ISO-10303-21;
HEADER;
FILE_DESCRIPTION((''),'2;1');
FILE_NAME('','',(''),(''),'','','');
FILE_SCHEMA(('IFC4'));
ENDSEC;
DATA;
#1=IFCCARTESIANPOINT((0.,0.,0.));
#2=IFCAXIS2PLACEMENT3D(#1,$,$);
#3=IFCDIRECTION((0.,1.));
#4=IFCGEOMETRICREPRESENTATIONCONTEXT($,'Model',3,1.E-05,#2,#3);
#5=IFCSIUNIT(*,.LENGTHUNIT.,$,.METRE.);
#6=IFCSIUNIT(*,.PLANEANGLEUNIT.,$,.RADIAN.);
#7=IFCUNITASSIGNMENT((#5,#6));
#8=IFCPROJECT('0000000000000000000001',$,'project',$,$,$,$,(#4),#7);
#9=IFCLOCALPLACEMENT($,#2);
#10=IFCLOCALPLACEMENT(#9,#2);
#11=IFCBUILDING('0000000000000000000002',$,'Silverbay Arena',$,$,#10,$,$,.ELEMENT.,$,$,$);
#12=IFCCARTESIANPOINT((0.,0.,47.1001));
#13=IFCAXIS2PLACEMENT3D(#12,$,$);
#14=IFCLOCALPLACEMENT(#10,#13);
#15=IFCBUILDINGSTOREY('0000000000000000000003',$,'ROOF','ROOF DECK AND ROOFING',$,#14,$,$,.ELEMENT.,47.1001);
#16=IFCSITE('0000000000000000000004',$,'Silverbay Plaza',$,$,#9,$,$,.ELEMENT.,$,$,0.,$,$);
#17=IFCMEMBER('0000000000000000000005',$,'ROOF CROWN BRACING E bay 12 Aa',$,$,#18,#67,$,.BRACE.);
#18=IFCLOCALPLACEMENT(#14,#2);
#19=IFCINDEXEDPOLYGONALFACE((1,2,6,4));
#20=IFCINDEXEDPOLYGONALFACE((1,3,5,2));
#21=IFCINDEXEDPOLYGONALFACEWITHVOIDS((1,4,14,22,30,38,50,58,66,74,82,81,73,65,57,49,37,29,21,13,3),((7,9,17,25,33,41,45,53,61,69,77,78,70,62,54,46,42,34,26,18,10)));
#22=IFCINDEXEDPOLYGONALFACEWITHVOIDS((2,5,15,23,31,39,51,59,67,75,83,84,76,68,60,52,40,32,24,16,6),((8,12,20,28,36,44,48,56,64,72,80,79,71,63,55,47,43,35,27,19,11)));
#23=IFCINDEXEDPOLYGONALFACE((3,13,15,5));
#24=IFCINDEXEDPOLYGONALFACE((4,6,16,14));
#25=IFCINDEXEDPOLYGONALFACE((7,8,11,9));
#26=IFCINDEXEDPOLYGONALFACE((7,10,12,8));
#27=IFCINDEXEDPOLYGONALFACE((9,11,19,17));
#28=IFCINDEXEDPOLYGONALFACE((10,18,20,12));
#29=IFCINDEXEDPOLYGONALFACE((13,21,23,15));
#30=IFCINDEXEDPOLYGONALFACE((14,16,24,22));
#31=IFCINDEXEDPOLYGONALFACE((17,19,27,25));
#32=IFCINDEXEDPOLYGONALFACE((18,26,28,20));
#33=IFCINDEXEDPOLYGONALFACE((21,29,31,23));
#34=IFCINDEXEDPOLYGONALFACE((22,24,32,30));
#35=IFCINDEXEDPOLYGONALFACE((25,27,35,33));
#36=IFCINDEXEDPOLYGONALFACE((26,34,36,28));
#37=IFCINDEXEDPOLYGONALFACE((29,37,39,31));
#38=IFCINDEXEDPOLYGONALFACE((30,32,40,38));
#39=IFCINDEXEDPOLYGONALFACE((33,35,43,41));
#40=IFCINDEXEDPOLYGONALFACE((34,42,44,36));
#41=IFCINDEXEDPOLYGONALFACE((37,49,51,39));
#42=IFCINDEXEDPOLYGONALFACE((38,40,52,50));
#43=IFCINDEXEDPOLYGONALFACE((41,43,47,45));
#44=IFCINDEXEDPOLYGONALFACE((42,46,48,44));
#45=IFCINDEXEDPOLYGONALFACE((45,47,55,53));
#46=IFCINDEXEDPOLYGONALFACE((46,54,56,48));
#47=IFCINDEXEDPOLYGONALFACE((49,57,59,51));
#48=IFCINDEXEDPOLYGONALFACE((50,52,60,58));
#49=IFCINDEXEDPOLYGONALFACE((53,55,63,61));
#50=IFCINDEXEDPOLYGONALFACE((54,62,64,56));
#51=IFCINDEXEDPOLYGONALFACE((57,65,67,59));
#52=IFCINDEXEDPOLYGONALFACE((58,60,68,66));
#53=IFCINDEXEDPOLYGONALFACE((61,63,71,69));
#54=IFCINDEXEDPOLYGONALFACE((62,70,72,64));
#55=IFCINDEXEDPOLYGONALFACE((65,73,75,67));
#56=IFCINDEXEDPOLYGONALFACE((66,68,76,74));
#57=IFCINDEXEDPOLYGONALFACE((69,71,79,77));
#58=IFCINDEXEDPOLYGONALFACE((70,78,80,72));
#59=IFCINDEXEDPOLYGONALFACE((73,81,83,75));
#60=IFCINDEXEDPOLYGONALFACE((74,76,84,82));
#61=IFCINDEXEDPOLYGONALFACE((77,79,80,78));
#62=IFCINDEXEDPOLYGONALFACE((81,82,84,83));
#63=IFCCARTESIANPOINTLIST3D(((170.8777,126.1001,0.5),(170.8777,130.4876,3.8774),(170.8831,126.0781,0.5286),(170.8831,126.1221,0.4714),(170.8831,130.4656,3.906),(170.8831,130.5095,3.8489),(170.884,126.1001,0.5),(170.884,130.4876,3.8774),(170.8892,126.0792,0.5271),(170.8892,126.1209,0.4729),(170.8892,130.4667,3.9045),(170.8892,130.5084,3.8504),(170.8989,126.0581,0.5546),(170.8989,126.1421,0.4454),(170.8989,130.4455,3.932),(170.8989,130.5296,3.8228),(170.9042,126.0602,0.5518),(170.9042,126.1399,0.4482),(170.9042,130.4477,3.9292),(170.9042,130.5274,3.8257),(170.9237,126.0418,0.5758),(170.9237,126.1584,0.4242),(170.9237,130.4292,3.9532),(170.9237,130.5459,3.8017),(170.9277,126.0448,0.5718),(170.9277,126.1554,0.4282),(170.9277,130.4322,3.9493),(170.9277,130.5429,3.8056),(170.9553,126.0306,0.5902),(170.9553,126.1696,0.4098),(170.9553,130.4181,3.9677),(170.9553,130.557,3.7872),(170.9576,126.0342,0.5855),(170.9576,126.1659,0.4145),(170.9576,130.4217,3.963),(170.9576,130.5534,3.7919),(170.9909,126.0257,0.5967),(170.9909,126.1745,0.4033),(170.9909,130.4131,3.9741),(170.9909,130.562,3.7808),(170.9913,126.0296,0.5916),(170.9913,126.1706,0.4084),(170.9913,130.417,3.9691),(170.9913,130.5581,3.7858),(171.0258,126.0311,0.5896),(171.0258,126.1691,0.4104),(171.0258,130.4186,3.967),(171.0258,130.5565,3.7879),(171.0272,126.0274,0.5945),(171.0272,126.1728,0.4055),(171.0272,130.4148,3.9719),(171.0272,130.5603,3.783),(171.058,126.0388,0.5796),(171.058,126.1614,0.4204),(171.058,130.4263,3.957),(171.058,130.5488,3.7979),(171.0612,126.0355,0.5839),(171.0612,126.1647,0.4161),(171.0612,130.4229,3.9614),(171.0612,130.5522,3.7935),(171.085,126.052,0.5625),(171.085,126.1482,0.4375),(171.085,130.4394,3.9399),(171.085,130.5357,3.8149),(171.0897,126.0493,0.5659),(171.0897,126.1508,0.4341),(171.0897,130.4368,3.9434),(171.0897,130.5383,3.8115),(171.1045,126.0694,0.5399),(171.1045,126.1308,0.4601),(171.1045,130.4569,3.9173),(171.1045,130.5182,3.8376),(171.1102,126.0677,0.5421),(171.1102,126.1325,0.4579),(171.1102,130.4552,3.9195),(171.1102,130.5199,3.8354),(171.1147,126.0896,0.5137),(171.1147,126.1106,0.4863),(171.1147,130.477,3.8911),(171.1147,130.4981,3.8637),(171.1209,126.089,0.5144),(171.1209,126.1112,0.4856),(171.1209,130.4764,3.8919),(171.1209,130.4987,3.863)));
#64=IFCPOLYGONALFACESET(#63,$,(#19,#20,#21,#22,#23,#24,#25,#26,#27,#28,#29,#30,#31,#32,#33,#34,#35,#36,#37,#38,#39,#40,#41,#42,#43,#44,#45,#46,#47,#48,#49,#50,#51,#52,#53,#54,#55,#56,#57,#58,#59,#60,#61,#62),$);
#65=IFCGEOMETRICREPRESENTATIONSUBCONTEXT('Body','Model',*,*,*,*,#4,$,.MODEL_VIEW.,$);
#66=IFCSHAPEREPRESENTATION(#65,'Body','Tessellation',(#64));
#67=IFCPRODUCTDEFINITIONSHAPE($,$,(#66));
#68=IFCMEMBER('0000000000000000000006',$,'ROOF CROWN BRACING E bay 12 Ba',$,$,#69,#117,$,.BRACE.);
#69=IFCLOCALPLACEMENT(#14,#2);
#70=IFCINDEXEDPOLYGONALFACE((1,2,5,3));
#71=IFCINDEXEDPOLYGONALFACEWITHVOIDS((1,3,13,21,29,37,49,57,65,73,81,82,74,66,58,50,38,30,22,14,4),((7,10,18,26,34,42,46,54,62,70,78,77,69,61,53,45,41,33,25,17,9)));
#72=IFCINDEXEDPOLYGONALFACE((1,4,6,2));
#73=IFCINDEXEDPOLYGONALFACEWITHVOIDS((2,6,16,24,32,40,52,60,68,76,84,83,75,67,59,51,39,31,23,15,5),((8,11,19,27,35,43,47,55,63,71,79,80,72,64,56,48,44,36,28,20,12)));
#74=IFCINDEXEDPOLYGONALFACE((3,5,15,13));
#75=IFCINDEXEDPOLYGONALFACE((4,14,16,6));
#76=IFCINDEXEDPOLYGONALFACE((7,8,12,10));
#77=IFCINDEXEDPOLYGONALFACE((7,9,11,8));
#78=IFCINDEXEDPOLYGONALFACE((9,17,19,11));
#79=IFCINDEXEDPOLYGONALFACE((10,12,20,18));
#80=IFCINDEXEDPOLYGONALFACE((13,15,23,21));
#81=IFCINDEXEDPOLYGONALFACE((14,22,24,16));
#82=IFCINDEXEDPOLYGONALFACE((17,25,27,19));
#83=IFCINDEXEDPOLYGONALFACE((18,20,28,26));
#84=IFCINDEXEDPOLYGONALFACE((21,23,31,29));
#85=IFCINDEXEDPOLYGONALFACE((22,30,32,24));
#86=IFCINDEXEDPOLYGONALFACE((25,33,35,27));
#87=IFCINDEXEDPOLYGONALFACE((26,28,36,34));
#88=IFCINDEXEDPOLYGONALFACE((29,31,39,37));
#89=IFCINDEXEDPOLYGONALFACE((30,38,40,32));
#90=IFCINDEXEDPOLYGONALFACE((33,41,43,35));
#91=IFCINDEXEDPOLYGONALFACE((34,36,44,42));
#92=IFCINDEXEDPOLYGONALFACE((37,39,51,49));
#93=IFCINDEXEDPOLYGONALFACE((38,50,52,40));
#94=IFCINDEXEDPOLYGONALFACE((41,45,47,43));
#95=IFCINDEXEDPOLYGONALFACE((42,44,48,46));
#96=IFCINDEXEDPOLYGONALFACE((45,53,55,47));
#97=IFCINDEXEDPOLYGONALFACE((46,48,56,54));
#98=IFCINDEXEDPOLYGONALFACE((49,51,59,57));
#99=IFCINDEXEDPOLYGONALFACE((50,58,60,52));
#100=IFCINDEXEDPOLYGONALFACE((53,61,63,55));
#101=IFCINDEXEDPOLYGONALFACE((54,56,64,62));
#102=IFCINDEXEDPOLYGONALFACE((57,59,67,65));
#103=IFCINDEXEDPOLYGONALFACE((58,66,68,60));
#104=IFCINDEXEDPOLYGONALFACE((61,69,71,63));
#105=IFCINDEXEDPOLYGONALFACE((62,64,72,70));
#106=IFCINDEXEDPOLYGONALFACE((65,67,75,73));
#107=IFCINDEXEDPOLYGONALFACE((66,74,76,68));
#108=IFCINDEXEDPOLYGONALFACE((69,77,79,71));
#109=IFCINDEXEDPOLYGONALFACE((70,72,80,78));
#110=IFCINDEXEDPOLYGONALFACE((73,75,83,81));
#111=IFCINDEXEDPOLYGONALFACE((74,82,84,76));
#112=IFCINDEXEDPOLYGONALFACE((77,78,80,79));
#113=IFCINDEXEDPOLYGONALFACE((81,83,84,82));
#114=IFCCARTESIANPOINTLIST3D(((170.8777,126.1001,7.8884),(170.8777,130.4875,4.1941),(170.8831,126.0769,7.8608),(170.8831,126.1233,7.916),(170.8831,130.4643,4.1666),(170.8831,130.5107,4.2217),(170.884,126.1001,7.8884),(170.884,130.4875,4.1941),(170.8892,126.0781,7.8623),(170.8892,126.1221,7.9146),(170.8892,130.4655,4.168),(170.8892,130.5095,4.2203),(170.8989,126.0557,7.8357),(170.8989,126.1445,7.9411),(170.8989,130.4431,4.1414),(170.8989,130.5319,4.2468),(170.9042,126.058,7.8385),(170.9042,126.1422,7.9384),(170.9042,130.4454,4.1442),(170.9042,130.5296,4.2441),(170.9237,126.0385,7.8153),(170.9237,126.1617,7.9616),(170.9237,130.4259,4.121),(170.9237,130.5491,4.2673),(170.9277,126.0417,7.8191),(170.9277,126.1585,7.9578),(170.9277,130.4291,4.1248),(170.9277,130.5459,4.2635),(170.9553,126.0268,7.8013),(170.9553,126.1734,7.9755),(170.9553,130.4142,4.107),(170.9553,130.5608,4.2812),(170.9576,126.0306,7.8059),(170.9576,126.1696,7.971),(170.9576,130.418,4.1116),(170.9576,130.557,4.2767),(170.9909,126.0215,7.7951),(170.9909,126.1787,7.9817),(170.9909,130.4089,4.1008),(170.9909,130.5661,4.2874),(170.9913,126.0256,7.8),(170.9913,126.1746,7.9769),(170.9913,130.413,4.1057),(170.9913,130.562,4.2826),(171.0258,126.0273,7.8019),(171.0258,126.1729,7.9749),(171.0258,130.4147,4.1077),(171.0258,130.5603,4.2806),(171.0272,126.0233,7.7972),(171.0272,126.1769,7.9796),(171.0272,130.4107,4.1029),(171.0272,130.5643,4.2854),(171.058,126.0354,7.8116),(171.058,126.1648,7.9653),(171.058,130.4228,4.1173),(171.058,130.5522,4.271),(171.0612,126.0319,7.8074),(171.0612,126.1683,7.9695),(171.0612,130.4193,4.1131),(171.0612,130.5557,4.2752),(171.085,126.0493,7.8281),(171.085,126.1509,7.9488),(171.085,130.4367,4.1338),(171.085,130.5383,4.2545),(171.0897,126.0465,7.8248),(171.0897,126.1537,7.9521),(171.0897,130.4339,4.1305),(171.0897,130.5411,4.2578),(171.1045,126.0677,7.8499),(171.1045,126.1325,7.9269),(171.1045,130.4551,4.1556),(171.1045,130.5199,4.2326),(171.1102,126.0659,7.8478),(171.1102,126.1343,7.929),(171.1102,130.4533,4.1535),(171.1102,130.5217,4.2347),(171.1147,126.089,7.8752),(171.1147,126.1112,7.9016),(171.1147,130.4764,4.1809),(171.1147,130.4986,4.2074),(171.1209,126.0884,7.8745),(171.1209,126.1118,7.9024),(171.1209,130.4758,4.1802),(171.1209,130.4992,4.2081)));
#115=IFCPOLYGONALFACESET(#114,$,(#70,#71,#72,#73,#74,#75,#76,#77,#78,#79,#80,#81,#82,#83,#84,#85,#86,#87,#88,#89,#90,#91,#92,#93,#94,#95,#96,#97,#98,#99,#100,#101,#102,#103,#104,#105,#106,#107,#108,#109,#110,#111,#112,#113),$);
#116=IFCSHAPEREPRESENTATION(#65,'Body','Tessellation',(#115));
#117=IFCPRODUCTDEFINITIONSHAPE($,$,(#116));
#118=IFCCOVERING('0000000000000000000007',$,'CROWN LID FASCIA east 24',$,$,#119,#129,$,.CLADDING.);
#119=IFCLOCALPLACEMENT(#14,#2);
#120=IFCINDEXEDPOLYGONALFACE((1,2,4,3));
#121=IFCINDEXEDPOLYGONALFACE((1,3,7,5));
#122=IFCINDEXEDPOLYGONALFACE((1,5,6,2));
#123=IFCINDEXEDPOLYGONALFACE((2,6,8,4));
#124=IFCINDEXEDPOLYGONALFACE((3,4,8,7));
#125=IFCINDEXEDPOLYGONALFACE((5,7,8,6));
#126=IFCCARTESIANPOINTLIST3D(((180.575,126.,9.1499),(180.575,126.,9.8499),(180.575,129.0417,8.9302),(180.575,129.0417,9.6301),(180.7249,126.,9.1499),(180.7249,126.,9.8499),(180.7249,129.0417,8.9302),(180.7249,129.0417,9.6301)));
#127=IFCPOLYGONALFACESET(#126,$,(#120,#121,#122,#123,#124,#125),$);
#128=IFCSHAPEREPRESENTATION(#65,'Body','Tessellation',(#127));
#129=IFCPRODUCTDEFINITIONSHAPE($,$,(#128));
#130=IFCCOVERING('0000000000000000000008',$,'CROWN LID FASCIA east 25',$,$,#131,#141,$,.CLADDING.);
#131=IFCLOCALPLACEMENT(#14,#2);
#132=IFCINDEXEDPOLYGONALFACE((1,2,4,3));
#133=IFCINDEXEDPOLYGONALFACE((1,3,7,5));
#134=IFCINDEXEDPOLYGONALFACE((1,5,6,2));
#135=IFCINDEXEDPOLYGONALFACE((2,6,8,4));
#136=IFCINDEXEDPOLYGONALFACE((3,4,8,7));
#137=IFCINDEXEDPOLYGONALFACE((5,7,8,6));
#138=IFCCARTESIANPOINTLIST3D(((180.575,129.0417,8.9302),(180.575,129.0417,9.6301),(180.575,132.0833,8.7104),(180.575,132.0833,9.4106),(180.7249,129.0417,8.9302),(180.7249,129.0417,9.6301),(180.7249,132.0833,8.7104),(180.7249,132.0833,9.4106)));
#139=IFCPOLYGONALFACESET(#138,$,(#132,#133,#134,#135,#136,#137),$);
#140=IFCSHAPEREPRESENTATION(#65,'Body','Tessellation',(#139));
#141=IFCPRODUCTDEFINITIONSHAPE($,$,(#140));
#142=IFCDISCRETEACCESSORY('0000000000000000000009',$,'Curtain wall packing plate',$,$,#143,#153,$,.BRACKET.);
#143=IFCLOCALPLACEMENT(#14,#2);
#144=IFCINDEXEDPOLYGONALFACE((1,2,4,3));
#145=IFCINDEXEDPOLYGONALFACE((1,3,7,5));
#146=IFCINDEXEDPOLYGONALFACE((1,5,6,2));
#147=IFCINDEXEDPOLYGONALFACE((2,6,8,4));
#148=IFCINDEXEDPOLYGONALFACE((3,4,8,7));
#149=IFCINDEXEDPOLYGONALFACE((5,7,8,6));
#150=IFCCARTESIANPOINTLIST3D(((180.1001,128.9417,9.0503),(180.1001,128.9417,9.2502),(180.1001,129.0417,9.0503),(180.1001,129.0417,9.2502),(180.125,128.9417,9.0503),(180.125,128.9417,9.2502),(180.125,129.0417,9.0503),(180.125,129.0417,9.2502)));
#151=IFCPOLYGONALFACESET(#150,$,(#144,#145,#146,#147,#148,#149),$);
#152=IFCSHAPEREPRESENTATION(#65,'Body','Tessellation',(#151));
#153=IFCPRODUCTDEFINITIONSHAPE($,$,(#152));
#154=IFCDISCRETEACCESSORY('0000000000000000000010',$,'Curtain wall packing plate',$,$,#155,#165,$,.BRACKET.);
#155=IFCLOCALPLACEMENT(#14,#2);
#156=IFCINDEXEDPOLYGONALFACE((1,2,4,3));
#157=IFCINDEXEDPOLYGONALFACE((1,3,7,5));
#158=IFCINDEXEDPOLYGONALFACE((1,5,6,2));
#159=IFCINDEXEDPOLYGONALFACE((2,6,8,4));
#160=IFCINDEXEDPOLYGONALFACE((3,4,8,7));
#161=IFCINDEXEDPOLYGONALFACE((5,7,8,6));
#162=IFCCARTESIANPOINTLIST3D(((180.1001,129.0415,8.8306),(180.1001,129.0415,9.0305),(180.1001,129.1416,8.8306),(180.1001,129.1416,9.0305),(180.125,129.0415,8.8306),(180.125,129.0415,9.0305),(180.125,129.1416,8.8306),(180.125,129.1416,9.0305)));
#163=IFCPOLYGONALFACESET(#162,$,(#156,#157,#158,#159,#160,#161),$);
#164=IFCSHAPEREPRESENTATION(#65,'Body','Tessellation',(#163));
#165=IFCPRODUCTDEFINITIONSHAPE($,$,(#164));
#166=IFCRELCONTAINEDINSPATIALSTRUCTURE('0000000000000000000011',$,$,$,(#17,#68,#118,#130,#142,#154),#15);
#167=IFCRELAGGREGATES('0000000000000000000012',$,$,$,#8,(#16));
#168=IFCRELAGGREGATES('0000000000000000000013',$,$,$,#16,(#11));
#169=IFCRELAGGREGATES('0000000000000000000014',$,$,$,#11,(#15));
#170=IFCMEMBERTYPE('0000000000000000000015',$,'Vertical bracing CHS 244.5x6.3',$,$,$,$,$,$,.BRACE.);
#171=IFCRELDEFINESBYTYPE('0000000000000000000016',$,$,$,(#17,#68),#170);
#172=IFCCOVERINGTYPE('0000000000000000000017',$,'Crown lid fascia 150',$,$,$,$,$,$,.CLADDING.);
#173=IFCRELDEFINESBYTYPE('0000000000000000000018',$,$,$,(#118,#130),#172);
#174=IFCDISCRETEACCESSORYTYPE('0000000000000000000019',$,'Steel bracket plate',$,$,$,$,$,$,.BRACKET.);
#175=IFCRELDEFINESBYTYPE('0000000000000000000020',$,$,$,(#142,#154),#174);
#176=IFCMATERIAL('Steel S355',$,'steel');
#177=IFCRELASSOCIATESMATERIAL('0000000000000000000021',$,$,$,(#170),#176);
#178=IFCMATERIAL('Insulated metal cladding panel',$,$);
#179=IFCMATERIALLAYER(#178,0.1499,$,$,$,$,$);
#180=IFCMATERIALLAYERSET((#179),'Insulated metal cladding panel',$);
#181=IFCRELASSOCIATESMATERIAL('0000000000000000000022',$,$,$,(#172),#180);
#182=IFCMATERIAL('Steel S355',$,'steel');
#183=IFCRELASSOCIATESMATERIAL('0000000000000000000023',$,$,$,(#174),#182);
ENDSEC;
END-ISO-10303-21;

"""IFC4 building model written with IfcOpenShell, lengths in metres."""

from ifc_helpers import new_model, si_unit, direction, frame, origin, origin_2d, place, context, subcontext, project, spatial, polyline, rectangle, hollow_circle, outline, extrude, material, layer, layer_set, material_profile, profile_set, type_object, element, save


model = new_model("IFC4")

# Units and contexts
model_context = context("Model", 3, precision=1e-05, world=origin(), true_north=direction((0.0, 1.0)))
body_context = subcontext(model_context, "Body", "Model", "MODEL_VIEW")
ifc_project = project(units=[si_unit("LENGTHUNIT", "METRE"), si_unit("PLANEANGLEUNIT", "RADIAN")], contexts=[model_context])

# Site, building, storey
site_placement = place(None, origin())
site = spatial("IfcSite", under=ifc_project, at=site_placement, Name="Silverbay Plaza", CompositionType="ELEMENT", RefElevation=0.0)
building_placement = place(site_placement, origin())
building = spatial("IfcBuilding", under=site, at=building_placement, Name="Silverbay Arena", CompositionType="ELEMENT")
storey_placement = place(building_placement, frame((0.0, 0.0, 47.1001)))
storey = spatial("IfcBuildingStorey", under=building, at=storey_placement, Name="ROOF", Description="ROOF DECK AND ROOFING", CompositionType="ELEMENT", Elevation=47.1001)

# Members
ifc_material_1 = material(Name="Steel S355", Category="steel")
ifc_material_profile_1 = material_profile(ifc_material_1, hollow_circle(Radius=0.1223, WallThickness=0.0063, at=origin_2d()), Name="CHS 244.5x6.3")
ifc_profile_set_1 = profile_set([ifc_material_profile_1], Name="Steel S355")
member_type_1 = type_object("IfcMemberType", Name="Vertical bracing CHS 244.5x6.3", PredefinedType="BRACE", material=ifc_profile_set_1)
member_1_placement = place(storey_placement, frame((171.0, 126.1001, 0.5), z_axis=(0.0, 0.792408, 0.609992), x_axis=(-1.0, 0.0, 0.0)))
element("IfcMember", 1, at=member_1_placement, inside=storey, type_object=member_type_1, Name="ROOF CROWN BRACING E bay 12 Aa", PredefinedType="BRACE", context=body_context, shape_type="SweptSolid", body=[
    extrude(hollow_circle(Radius=0.1223, WallThickness=0.0063, at=origin_2d()), origin(), (0.0, 0.0, 1.0), 5.5369),
])
member_2_placement = place(storey_placement, frame((171.0, 126.1001, 7.8884), z_axis=(0.0, 0.764942, -0.644099), x_axis=(-1.0, 0.0, 0.0)))
element("IfcMember", 2, at=member_2_placement, inside=storey, type_object=member_type_1, Name="ROOF CROWN BRACING E bay 12 Ba", PredefinedType="BRACE", context=body_context, shape_type="SweptSolid", body=[
    extrude(hollow_circle(Radius=0.1223, WallThickness=0.0063, at=origin_2d()), origin(), (0.0, 0.0, 1.0), 5.7356),
])

# Coverings
ifc_material_2 = material(Name="Insulated metal cladding panel")
ifc_layer_1 = layer(ifc_material_2, 0.1499)
ifc_layer_set_1 = layer_set([ifc_layer_1], Name="Insulated metal cladding panel")
covering_type = type_object("IfcCoveringType", Name="Crown lid fascia 150", PredefinedType="CLADDING", material=ifc_layer_set_1)
covering_1_placement = place(storey_placement, frame((180.575, 126.0, 9.8499), z_axis=(-1.0, 0.0, 0.0), x_axis=(0.0, 0.997401, -0.072049)))
element("IfcCovering", 3, at=covering_1_placement, inside=storey, type_object=covering_type, Name="CROWN LID FASCIA east 24", PredefinedType="CLADDING", context=body_context, shape_type="SweptSolid", body=[
    extrude(outline(polyline([(0.0, 0.0), (3.0497, 0.0), (3.1001, 0.6981), (0.0504, 0.6981), (0.0, 0.0)])), origin(), (0.0, 0.0, -1.0), 0.1499),
])
covering_2_placement = place(storey_placement, frame((180.575, 129.0417, 9.6301), z_axis=(-1.0, 0.0, 0.0), x_axis=(0.0, 0.997406, -0.071975)))
element("IfcCovering", 4, at=covering_2_placement, inside=storey, type_object=covering_type, Name="CROWN LID FASCIA east 25", PredefinedType="CLADDING", context=body_context, shape_type="SweptSolid", body=[
    extrude(outline(polyline([(0.0, 0.0), (3.0494, 0.0), (3.0998, 0.6984), (0.0504, 0.6981), (0.0, 0.0)])), origin(), (0.0, 0.0, -1.0), 0.1499),
])

# Discrete accessories
ifc_material_3 = material(Name="Steel S355", Category="steel")
discrete_accessory_type = type_object("IfcDiscreteAccessoryType", Name="Steel bracket plate", PredefinedType="BRACKET", material=ifc_material_3)
for number, where, z_axis, x_axis, name in (
    (5, (180.1125, 128.9917, 9.0503), (0.0, 0.0, 1.0), (1.0, 0.0, 0.0), "Curtain wall packing plate"),
    (6, (180.1125, 129.0916, 8.8306), (0.0, 0.0, 1.0), (1.0, 0.0, 0.0), "Curtain wall packing plate"),
):
    element("IfcDiscreteAccessory", number, at=place(storey_placement, frame(where, z_axis=z_axis, x_axis=x_axis)), inside=storey, type_object=discrete_accessory_type, Name=name, PredefinedType="BRACKET", context=body_context, shape_type="SweptSolid", body=[
        extrude(rectangle(XDim=0.0249, YDim=0.1001, at=origin_2d()), origin(), (0.0, 0.0, 1.0), 0.2),
    ])

save(model, "model.ifc")
